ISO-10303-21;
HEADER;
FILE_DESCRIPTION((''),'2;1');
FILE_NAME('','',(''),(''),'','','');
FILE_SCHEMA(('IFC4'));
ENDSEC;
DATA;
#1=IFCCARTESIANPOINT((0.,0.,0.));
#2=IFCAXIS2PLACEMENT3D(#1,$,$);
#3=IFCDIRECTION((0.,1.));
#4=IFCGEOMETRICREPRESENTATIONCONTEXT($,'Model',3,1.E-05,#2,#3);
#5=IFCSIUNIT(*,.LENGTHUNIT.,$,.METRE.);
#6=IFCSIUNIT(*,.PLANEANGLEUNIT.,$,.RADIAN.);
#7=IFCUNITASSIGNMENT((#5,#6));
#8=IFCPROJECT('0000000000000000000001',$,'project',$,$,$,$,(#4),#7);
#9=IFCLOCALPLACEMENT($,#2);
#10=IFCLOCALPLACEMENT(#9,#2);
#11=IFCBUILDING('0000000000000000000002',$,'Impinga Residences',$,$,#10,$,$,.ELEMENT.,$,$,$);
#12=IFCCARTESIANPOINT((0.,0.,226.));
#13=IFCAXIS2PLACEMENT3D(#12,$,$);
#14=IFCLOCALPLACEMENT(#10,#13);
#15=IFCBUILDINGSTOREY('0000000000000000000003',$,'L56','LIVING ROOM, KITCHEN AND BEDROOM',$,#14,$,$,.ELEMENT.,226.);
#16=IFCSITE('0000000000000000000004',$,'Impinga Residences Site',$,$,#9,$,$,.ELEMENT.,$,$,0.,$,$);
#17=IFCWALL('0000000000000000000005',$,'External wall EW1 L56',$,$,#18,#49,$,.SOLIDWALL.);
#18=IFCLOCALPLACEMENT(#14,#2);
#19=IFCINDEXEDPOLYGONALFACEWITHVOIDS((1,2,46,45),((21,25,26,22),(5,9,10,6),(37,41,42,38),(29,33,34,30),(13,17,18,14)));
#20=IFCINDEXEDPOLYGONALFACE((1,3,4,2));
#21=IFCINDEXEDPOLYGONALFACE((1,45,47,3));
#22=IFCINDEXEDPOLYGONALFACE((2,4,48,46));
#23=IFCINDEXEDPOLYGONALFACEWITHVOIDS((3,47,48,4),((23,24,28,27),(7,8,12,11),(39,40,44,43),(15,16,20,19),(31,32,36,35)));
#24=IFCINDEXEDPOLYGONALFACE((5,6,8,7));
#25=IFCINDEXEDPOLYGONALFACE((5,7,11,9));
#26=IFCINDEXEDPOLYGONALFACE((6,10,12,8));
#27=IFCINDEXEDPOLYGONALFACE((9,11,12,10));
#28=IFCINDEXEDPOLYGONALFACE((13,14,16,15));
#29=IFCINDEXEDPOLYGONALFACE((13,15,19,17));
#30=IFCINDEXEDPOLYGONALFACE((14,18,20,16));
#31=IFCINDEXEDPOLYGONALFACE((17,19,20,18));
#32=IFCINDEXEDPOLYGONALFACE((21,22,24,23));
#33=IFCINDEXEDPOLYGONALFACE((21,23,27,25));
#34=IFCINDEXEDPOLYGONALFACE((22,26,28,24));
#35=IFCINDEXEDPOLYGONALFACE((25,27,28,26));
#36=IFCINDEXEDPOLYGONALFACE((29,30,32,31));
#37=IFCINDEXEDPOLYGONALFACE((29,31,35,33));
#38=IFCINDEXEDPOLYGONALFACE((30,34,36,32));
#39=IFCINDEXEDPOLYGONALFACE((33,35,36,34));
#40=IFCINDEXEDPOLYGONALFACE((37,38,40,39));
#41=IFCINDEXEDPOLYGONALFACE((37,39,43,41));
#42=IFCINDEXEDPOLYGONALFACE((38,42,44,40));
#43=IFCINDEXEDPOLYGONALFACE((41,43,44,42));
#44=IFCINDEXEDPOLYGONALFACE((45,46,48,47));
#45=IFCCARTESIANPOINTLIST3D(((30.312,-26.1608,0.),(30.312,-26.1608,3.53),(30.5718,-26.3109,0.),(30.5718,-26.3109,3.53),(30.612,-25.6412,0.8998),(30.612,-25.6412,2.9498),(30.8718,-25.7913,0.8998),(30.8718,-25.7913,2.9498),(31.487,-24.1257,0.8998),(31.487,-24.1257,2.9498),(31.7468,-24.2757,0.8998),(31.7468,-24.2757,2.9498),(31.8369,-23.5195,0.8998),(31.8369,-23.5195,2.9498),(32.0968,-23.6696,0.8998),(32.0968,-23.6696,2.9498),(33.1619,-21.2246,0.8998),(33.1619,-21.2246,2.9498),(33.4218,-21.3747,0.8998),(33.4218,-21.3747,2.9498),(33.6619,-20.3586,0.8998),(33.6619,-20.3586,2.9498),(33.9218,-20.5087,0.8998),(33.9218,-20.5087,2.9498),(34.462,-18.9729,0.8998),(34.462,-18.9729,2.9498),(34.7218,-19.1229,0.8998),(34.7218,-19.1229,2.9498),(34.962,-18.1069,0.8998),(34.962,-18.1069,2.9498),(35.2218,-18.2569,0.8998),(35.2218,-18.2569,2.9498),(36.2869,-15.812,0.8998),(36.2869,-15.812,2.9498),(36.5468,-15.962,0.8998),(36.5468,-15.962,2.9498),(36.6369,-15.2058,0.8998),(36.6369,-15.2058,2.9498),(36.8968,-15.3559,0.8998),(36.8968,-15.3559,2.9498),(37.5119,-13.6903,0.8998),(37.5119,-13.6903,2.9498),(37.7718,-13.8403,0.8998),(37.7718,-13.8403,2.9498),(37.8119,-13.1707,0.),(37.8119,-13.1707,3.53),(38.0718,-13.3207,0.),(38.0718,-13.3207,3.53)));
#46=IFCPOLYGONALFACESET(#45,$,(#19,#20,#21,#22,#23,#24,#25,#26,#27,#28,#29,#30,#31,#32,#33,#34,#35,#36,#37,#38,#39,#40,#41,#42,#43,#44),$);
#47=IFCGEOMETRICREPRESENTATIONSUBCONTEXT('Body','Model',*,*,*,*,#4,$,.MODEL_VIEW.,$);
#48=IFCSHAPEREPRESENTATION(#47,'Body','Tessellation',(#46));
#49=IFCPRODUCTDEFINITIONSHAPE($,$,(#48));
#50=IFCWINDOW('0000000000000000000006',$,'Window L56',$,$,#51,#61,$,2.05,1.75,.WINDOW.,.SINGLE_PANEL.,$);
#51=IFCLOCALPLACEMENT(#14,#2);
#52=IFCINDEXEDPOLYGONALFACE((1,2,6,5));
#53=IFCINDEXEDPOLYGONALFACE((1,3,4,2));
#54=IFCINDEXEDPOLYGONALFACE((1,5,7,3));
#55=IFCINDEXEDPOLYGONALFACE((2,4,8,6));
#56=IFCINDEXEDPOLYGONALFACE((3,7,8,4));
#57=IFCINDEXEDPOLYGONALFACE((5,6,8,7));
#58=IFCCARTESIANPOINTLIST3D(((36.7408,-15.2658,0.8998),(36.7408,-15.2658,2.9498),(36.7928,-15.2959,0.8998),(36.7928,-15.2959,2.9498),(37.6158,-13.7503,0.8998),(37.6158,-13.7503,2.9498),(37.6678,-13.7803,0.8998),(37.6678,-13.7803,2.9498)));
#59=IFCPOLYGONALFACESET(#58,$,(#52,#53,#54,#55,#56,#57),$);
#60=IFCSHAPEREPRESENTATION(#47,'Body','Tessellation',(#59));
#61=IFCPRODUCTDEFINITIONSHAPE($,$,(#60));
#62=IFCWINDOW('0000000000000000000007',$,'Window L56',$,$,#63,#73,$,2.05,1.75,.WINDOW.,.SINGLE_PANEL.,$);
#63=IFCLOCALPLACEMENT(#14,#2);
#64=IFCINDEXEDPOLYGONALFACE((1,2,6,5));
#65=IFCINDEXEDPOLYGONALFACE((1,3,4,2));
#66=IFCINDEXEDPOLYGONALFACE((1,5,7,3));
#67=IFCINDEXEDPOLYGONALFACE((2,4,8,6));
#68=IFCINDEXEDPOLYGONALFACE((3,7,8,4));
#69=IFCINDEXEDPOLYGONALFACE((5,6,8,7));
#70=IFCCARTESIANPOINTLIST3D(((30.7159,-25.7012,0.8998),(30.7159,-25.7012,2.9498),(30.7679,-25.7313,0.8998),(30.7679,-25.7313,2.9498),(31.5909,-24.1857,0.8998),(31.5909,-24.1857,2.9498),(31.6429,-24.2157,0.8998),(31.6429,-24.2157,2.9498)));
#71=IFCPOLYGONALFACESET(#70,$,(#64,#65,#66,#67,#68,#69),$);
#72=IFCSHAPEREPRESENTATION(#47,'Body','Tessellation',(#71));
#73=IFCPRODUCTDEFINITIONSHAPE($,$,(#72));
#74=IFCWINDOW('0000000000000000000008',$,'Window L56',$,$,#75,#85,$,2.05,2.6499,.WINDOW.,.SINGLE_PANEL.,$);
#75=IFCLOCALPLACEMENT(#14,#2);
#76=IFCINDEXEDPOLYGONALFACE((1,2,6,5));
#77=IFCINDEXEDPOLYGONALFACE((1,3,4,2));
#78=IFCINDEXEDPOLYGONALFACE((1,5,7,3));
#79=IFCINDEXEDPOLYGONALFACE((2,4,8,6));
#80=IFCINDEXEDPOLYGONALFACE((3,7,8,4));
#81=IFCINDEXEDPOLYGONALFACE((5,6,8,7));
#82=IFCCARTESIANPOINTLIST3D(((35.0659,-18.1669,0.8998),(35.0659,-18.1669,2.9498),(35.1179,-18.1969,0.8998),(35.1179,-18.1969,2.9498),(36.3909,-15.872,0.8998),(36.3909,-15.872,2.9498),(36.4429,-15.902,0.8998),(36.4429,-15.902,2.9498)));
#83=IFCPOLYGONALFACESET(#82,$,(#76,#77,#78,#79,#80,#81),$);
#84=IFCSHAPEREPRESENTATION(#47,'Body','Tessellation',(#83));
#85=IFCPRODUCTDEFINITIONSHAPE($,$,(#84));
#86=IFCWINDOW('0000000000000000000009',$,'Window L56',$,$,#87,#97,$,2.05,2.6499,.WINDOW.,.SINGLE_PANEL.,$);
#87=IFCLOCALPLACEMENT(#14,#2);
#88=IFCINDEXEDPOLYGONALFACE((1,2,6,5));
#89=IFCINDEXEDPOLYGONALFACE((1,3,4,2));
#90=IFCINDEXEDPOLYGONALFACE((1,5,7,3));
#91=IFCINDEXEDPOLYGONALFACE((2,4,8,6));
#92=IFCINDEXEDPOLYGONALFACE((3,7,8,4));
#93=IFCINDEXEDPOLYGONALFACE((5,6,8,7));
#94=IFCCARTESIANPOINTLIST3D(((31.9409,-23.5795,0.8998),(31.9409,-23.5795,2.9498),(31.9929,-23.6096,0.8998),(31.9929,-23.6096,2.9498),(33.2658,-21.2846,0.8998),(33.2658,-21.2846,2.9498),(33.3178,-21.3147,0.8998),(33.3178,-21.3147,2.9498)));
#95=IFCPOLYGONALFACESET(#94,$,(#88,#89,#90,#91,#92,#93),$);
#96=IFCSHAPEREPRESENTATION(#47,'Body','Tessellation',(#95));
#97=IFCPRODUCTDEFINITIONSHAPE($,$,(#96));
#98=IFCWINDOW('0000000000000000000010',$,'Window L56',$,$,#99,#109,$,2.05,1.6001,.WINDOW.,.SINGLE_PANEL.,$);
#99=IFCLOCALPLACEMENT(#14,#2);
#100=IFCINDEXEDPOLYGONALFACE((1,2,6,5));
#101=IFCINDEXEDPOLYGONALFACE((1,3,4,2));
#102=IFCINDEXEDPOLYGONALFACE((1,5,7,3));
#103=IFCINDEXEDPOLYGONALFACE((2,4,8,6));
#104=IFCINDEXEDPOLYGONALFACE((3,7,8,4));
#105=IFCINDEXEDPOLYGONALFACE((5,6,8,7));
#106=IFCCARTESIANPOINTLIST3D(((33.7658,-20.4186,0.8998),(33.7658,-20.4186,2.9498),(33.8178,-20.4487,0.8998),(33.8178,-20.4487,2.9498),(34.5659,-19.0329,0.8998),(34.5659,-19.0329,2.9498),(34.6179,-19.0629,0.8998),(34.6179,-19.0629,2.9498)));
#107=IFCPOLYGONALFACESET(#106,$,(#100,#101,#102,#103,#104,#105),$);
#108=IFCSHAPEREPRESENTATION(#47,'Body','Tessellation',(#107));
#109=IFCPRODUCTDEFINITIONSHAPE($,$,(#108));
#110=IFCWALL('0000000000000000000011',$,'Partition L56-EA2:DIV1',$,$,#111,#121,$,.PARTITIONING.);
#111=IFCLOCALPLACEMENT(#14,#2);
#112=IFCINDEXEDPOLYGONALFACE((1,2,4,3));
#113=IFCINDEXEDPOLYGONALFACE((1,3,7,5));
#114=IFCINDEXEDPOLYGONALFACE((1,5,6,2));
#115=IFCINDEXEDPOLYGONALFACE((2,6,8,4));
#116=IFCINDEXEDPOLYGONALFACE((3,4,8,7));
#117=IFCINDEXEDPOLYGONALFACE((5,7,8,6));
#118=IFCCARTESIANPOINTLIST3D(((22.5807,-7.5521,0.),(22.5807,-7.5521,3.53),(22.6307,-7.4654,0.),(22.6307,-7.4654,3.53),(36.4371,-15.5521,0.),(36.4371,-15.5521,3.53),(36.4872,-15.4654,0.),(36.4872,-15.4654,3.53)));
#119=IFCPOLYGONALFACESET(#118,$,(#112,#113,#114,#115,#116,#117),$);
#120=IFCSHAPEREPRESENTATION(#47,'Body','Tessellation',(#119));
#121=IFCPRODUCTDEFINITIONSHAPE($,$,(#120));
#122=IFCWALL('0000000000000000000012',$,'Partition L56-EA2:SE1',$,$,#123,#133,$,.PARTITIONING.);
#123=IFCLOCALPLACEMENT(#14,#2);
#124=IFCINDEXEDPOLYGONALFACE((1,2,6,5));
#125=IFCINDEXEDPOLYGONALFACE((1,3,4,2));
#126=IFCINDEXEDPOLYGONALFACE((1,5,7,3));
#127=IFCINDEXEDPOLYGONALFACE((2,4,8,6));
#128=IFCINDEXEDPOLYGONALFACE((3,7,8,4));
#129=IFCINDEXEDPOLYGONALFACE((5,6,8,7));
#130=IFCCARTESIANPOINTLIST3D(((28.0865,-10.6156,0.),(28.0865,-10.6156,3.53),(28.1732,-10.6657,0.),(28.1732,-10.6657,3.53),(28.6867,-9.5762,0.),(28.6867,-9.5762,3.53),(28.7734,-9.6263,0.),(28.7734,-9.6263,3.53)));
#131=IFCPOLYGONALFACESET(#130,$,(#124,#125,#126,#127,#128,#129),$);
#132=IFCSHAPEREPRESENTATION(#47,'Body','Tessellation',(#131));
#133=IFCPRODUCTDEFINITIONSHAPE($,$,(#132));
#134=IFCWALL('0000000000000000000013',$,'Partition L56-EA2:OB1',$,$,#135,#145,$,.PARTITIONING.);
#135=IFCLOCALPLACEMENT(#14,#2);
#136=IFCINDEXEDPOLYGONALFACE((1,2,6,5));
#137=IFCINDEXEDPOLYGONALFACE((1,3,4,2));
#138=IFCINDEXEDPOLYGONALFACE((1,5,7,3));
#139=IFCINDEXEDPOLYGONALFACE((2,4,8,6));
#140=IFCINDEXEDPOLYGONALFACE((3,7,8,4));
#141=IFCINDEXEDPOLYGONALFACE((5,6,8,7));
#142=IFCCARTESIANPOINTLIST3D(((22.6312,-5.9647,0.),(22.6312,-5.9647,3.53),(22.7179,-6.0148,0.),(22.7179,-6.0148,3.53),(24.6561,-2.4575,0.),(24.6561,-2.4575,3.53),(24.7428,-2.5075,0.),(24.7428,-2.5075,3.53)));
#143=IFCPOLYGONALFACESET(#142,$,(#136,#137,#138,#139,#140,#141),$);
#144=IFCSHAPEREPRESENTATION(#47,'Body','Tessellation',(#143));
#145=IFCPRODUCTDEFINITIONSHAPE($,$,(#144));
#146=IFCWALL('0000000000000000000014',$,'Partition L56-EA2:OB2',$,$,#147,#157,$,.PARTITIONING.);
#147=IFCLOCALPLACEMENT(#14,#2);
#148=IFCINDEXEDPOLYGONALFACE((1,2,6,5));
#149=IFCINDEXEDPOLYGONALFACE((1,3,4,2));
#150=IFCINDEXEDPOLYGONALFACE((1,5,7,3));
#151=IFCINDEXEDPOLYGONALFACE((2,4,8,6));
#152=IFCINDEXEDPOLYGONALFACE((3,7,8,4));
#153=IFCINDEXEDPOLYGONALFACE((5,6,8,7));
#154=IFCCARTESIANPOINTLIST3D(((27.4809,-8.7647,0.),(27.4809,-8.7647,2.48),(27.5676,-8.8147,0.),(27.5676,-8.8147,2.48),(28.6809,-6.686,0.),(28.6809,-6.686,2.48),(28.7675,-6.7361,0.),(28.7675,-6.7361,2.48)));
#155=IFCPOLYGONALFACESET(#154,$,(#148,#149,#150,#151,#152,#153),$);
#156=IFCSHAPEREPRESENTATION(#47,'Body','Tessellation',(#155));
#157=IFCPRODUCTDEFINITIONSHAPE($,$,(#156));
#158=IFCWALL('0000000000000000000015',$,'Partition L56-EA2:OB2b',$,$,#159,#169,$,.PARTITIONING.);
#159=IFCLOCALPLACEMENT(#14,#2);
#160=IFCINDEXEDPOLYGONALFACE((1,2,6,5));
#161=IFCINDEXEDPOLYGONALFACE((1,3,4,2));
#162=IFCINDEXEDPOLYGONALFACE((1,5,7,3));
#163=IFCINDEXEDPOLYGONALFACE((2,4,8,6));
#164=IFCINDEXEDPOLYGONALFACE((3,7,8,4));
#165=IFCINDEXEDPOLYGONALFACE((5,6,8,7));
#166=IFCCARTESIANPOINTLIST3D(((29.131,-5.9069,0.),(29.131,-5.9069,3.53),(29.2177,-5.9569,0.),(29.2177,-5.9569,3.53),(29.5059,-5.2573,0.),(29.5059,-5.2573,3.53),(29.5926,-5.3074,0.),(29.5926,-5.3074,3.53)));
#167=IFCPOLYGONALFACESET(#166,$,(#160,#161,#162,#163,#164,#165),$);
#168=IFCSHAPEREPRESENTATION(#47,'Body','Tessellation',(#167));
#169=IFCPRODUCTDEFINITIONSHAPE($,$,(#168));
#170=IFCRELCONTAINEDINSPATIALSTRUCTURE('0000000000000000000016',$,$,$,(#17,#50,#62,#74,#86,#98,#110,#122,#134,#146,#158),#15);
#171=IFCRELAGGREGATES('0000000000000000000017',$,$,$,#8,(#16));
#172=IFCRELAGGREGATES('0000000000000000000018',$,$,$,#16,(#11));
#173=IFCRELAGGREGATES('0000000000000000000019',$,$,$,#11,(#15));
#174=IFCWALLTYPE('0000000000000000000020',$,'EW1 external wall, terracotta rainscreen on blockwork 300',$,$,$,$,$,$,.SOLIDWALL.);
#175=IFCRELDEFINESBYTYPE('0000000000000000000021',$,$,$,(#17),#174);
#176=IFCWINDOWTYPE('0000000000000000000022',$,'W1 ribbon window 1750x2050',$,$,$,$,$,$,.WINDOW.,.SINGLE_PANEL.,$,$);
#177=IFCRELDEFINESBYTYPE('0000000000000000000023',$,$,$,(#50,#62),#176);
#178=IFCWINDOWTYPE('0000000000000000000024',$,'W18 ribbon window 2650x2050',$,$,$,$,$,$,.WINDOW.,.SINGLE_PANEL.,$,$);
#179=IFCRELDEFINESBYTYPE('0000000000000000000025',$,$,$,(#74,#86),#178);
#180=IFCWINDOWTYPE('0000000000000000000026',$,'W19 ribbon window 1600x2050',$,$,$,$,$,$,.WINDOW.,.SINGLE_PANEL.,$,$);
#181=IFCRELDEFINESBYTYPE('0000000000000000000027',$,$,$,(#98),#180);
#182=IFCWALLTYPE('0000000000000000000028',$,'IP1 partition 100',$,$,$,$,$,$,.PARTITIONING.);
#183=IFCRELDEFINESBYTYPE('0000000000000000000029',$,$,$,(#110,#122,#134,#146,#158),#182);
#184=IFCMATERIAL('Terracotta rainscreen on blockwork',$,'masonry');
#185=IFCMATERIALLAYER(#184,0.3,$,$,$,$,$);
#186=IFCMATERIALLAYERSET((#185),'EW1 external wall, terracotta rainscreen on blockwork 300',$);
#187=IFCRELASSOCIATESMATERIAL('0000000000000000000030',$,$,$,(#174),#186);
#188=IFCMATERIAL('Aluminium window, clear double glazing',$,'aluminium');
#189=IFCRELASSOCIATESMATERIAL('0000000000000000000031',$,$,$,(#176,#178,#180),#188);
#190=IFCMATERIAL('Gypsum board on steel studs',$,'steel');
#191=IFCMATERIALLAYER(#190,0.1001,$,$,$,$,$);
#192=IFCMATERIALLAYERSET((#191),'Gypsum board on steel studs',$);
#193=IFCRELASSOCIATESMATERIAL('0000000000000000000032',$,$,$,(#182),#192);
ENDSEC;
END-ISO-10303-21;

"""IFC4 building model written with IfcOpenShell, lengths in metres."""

from ifc_helpers import new_model, si_unit, direction, frame, frame_2d, origin, place, context, subcontext, project, spatial, rectangle, extrude, material, layer, layer_set, type_object, element, fill, save


model = new_model("IFC4")

# Units and contexts
model_context = context("Model", 3, precision=1e-05, world=origin(), true_north=direction((0.0, 1.0)))
body_context = subcontext(model_context, "Body", "Model", "MODEL_VIEW")
ifc_project = project(units=[si_unit("LENGTHUNIT", "METRE"), si_unit("PLANEANGLEUNIT", "RADIAN")], contexts=[model_context])

# Site, building, storey
site_placement = place(None, origin())
site = spatial("IfcSite", under=ifc_project, at=site_placement, Name="Impinga Residences Site", CompositionType="ELEMENT", RefElevation=0.0)
building_placement = place(site_placement, origin())
building = spatial("IfcBuilding", under=site, at=building_placement, Name="Impinga Residences", CompositionType="ELEMENT")
storey_placement = place(building_placement, frame((0.0, 0.0, 226.0)))
storey = spatial("IfcBuildingStorey", under=building, at=storey_placement, Name="L56", Description="LIVING ROOM, KITCHEN AND BEDROOM", CompositionType="ELEMENT", Elevation=226.0)

# Shared definitions
ifc_material_1 = material(Name="Terracotta rainscreen on blockwork", Category="masonry")
ifc_layer_1 = layer(ifc_material_1, 0.3)
ifc_layer_set_1 = layer_set([ifc_layer_1], Name="EW1 external wall, terracotta rainscreen on blockwork 300")
wall_type_1 = type_object("IfcWallType", Name="EW1 external wall, terracotta rainscreen on blockwork 300", PredefinedType="SOLIDWALL", material=ifc_layer_set_1)

# Wall, openings, windows
wall_1_placement = place(storey_placement, frame((37.9419, -13.2456, 0.0), z_axis=(0.0, 0.0, 1.0), x_axis=(-0.500004, -0.866023, 0.0)))
wall_1 = element("IfcWall", 1, at=wall_1_placement, inside=storey, type_object=wall_type_1, Name="External wall EW1 L56", PredefinedType="SOLIDWALL", context=body_context, shape_type="SweptSolid", body=[
    extrude(rectangle(XDim=14.9998, YDim=0.3, at=frame_2d((7.5, 0.0))), origin(), (0.0, 0.0, 1.0), 3.53),
])
opening_1_placement = place(wall_1_placement, frame((0.6001, 0.0, 0.8999)))
opening_1 = element("IfcOpeningElement", 2, at=opening_1_placement, cuts=wall_1, PredefinedType="OPENING", context=body_context, shape_type="SweptSolid", body=[
    extrude(rectangle(XDim=1.75, YDim=2.05, at=frame_2d((0.875, 1.0249))), frame((0.0, 0.1599, 0.0), z_axis=(0.0, -1.0, 0.0), x_axis=(1.0, 0.0, 0.0)), (0.0, 0.0, 1.0), 0.3201),
])
opening_2_placement = place(wall_1_placement, frame((3.05, 0.0, 0.8999)))
opening_2 = element("IfcOpeningElement", 3, at=opening_2_placement, cuts=wall_1, PredefinedType="OPENING", context=body_context, shape_type="SweptSolid", body=[
    extrude(rectangle(XDim=2.6499, YDim=2.05, at=frame_2d((1.325, 1.0249))), frame((0.0, 0.1599, 0.0), z_axis=(0.0, -1.0, 0.0), x_axis=(1.0, 0.0, 0.0)), (0.0, 0.0, 1.0), 0.3201),
])
opening_3_placement = place(wall_1_placement, frame((6.7, 0.0, 0.8999)))
opening_3 = element("IfcOpeningElement", 4, at=opening_3_placement, cuts=wall_1, PredefinedType="OPENING", context=body_context, shape_type="SweptSolid", body=[
    extrude(rectangle(XDim=1.6001, YDim=2.05, at=frame_2d((0.8, 1.0249))), frame((0.0, 0.1599, 0.0), z_axis=(0.0, -1.0, 0.0), x_axis=(1.0, 0.0, 0.0)), (0.0, 0.0, 1.0), 0.3201),
])
opening_4_placement = place(wall_1_placement, frame((9.3, 0.0, 0.8999)))
opening_4 = element("IfcOpeningElement", 5, at=opening_4_placement, cuts=wall_1, PredefinedType="OPENING", context=body_context, shape_type="SweptSolid", body=[
    extrude(rectangle(XDim=2.6499, YDim=2.05, at=frame_2d((1.325, 1.0249))), frame((0.0, 0.1599, 0.0), z_axis=(0.0, -1.0, 0.0), x_axis=(1.0, 0.0, 0.0)), (0.0, 0.0, 1.0), 0.3201),
])
opening_5_placement = place(wall_1_placement, frame((12.6499, 0.0, 0.8999)))
opening_5 = element("IfcOpeningElement", 6, at=opening_5_placement, cuts=wall_1, PredefinedType="OPENING", context=body_context, shape_type="SweptSolid", body=[
    extrude(rectangle(XDim=1.75, YDim=2.05, at=frame_2d((0.875, 1.0249))), frame((0.0, 0.1599, 0.0), z_axis=(0.0, -1.0, 0.0), x_axis=(1.0, 0.0, 0.0)), (0.0, 0.0, 1.0), 0.3201),
])
ifc_material_2 = material(Name="Aluminium window, clear double glazing", Category="aluminium")
window_type_1 = type_object("IfcWindowType", Name="W1 ribbon window 1750x2050", PartitioningType="SINGLE_PANEL", PredefinedType="WINDOW", material=ifc_material_2)
window_1_placement = place(opening_1_placement, origin())
window_1 = element("IfcWindow", 7, at=window_1_placement, inside=storey, type_object=window_type_1, Name="Window L56", OverallHeight=2.05, OverallWidth=1.75, PartitioningType="SINGLE_PANEL", PredefinedType="WINDOW", context=body_context, shape_type="SweptSolid", body=[
    extrude(rectangle(XDim=1.75, YDim=2.05, at=frame_2d((0.875, 1.0249))), frame((0.0, 0.03, 0.0), z_axis=(0.0, -1.0, 0.0), x_axis=(1.0, 0.0, 0.0)), (0.0, 0.0, 1.0), 0.0601),
])
fill(opening_1, window_1)
window_2_placement = place(opening_5_placement, origin())
window_2 = element("IfcWindow", 8, at=window_2_placement, inside=storey, type_object=window_type_1, Name="Window L56", OverallHeight=2.05, OverallWidth=1.75, PartitioningType="SINGLE_PANEL", PredefinedType="WINDOW", context=body_context, shape_type="SweptSolid", body=[
    extrude(rectangle(XDim=1.75, YDim=2.05, at=frame_2d((0.875, 1.0249))), frame((0.0, 0.03, 0.0), z_axis=(0.0, -1.0, 0.0), x_axis=(1.0, 0.0, 0.0)), (0.0, 0.0, 1.0), 0.0601),
])
fill(opening_5, window_2)
window_type_2 = type_object("IfcWindowType", Name="W18 ribbon window 2650x2050", PartitioningType="SINGLE_PANEL", PredefinedType="WINDOW", material=ifc_material_2)
window_3_placement = place(opening_2_placement, origin())
window_3 = element("IfcWindow", 9, at=window_3_placement, inside=storey, type_object=window_type_2, Name="Window L56", OverallHeight=2.05, OverallWidth=2.6499, PartitioningType="SINGLE_PANEL", PredefinedType="WINDOW", context=body_context, shape_type="SweptSolid", body=[
    extrude(rectangle(XDim=2.6499, YDim=2.05, at=frame_2d((1.325, 1.0249))), frame((0.0, 0.03, 0.0), z_axis=(0.0, -1.0, 0.0), x_axis=(1.0, 0.0, 0.0)), (0.0, 0.0, 1.0), 0.0601),
])
fill(opening_2, window_3)
window_4_placement = place(opening_4_placement, origin())
window_4 = element("IfcWindow", 10, at=window_4_placement, inside=storey, type_object=window_type_2, Name="Window L56", OverallHeight=2.05, OverallWidth=2.6499, PartitioningType="SINGLE_PANEL", PredefinedType="WINDOW", context=body_context, shape_type="SweptSolid", body=[
    extrude(rectangle(XDim=2.6499, YDim=2.05, at=frame_2d((1.325, 1.0249))), frame((0.0, 0.03, 0.0), z_axis=(0.0, -1.0, 0.0), x_axis=(1.0, 0.0, 0.0)), (0.0, 0.0, 1.0), 0.0601),
])
fill(opening_4, window_4)
window_type_3 = type_object("IfcWindowType", Name="W19 ribbon window 1600x2050", PartitioningType="SINGLE_PANEL", PredefinedType="WINDOW", material=ifc_material_2)
window_5_placement = place(opening_3_placement, origin())
window_5 = element("IfcWindow", 11, at=window_5_placement, inside=storey, type_object=window_type_3, Name="Window L56", OverallHeight=2.05, OverallWidth=1.6001, PartitioningType="SINGLE_PANEL", PredefinedType="WINDOW", context=body_context, shape_type="SweptSolid", body=[
    extrude(rectangle(XDim=1.6001, YDim=2.05, at=frame_2d((0.8, 1.0249))), frame((0.0, 0.03, 0.0), z_axis=(0.0, -1.0, 0.0), x_axis=(1.0, 0.0, 0.0)), (0.0, 0.0, 1.0), 0.0601),
])
fill(opening_3, window_5)

# Walls
ifc_material_3 = material(Name="Gypsum board on steel studs", Category="steel")
ifc_layer_2 = layer(ifc_material_3, 0.1001)
ifc_layer_set_2 = layer_set([ifc_layer_2], Name="Gypsum board on steel studs")
wall_type_2 = type_object("IfcWallType", Name="IP1 partition 100", PredefinedType="PARTITIONING", material=ifc_layer_set_2)
wall_2_placement = place(storey_placement, frame((22.6057, -7.5088, 0.0), z_axis=(0.0, 0.0, 1.0), x_axis=(0.866026, -0.499999, 0.0)))
element("IfcWall", 12, at=wall_2_placement, inside=storey, type_object=wall_type_2, Name="Partition L56-EA2:DIV1", PredefinedType="PARTITIONING", context=body_context, shape_type="SweptSolid", body=[
    extrude(rectangle(XDim=16.0, YDim=0.1001, at=frame_2d((8.0, 0.0))), origin(), (0.0, 0.0, 1.0), 3.53),
])
wall_3_placement = place(storey_placement, frame((28.1299, -10.6406, 0.0), z_axis=(0.0, 0.0, 1.0), x_axis=(0.500034, 0.866006, 0.0)))
element("IfcWall", 13, at=wall_3_placement, inside=storey, type_object=wall_type_2, Name="Partition L56-EA2:SE1", PredefinedType="PARTITIONING", context=body_context, shape_type="SweptSolid", body=[
    extrude(rectangle(XDim=1.2002, YDim=0.1001, at=frame_2d((0.6001, 0.0))), origin(), (0.0, 0.0, 1.0), 3.53),
])
wall_4_placement = place(storey_placement, frame((22.6746, -5.9897, 0.0), z_axis=(0.0, 0.0, 1.0), x_axis=(0.49999, 0.866031, 0.0)))
element("IfcWall", 14, at=wall_4_placement, inside=storey, type_object=wall_type_2, Name="Partition L56-EA2:OB1", PredefinedType="PARTITIONING", context=body_context, shape_type="SweptSolid", body=[
    extrude(rectangle(XDim=4.0498, YDim=0.1001, at=frame_2d((2.0249, 0.0))), origin(), (0.0, 0.0, 1.0), 3.53),
])
wall_5_placement = place(storey_placement, frame((27.5242, -8.7898, 0.0), z_axis=(0.0, 0.0, 1.0), x_axis=(0.499957, 0.86605, 0.0)))
element("IfcWall", 15, at=wall_5_placement, inside=storey, type_object=wall_type_2, Name="Partition L56-EA2:OB2", PredefinedType="PARTITIONING", context=body_context, shape_type="SweptSolid", body=[
    extrude(rectangle(XDim=2.4001, YDim=0.1001, at=frame_2d((1.2002, 0.0))), origin(), (0.0, 0.0, 1.0), 2.48),
])
wall_6_placement = place(storey_placement, frame((29.1743, -5.9319, 0.0), z_axis=(0.0, 0.0, 1.0), x_axis=(0.49992, 0.866072, 0.0)))
element("IfcWall", 16, at=wall_6_placement, inside=storey, type_object=wall_type_2, Name="Partition L56-EA2:OB2b", PredefinedType="PARTITIONING", context=body_context, shape_type="SweptSolid", body=[
    extrude(rectangle(XDim=0.75, YDim=0.1001, at=frame_2d((0.375, 0.0))), origin(), (0.0, 0.0, 1.0), 3.53),
])

save(model, "model.ifc")
